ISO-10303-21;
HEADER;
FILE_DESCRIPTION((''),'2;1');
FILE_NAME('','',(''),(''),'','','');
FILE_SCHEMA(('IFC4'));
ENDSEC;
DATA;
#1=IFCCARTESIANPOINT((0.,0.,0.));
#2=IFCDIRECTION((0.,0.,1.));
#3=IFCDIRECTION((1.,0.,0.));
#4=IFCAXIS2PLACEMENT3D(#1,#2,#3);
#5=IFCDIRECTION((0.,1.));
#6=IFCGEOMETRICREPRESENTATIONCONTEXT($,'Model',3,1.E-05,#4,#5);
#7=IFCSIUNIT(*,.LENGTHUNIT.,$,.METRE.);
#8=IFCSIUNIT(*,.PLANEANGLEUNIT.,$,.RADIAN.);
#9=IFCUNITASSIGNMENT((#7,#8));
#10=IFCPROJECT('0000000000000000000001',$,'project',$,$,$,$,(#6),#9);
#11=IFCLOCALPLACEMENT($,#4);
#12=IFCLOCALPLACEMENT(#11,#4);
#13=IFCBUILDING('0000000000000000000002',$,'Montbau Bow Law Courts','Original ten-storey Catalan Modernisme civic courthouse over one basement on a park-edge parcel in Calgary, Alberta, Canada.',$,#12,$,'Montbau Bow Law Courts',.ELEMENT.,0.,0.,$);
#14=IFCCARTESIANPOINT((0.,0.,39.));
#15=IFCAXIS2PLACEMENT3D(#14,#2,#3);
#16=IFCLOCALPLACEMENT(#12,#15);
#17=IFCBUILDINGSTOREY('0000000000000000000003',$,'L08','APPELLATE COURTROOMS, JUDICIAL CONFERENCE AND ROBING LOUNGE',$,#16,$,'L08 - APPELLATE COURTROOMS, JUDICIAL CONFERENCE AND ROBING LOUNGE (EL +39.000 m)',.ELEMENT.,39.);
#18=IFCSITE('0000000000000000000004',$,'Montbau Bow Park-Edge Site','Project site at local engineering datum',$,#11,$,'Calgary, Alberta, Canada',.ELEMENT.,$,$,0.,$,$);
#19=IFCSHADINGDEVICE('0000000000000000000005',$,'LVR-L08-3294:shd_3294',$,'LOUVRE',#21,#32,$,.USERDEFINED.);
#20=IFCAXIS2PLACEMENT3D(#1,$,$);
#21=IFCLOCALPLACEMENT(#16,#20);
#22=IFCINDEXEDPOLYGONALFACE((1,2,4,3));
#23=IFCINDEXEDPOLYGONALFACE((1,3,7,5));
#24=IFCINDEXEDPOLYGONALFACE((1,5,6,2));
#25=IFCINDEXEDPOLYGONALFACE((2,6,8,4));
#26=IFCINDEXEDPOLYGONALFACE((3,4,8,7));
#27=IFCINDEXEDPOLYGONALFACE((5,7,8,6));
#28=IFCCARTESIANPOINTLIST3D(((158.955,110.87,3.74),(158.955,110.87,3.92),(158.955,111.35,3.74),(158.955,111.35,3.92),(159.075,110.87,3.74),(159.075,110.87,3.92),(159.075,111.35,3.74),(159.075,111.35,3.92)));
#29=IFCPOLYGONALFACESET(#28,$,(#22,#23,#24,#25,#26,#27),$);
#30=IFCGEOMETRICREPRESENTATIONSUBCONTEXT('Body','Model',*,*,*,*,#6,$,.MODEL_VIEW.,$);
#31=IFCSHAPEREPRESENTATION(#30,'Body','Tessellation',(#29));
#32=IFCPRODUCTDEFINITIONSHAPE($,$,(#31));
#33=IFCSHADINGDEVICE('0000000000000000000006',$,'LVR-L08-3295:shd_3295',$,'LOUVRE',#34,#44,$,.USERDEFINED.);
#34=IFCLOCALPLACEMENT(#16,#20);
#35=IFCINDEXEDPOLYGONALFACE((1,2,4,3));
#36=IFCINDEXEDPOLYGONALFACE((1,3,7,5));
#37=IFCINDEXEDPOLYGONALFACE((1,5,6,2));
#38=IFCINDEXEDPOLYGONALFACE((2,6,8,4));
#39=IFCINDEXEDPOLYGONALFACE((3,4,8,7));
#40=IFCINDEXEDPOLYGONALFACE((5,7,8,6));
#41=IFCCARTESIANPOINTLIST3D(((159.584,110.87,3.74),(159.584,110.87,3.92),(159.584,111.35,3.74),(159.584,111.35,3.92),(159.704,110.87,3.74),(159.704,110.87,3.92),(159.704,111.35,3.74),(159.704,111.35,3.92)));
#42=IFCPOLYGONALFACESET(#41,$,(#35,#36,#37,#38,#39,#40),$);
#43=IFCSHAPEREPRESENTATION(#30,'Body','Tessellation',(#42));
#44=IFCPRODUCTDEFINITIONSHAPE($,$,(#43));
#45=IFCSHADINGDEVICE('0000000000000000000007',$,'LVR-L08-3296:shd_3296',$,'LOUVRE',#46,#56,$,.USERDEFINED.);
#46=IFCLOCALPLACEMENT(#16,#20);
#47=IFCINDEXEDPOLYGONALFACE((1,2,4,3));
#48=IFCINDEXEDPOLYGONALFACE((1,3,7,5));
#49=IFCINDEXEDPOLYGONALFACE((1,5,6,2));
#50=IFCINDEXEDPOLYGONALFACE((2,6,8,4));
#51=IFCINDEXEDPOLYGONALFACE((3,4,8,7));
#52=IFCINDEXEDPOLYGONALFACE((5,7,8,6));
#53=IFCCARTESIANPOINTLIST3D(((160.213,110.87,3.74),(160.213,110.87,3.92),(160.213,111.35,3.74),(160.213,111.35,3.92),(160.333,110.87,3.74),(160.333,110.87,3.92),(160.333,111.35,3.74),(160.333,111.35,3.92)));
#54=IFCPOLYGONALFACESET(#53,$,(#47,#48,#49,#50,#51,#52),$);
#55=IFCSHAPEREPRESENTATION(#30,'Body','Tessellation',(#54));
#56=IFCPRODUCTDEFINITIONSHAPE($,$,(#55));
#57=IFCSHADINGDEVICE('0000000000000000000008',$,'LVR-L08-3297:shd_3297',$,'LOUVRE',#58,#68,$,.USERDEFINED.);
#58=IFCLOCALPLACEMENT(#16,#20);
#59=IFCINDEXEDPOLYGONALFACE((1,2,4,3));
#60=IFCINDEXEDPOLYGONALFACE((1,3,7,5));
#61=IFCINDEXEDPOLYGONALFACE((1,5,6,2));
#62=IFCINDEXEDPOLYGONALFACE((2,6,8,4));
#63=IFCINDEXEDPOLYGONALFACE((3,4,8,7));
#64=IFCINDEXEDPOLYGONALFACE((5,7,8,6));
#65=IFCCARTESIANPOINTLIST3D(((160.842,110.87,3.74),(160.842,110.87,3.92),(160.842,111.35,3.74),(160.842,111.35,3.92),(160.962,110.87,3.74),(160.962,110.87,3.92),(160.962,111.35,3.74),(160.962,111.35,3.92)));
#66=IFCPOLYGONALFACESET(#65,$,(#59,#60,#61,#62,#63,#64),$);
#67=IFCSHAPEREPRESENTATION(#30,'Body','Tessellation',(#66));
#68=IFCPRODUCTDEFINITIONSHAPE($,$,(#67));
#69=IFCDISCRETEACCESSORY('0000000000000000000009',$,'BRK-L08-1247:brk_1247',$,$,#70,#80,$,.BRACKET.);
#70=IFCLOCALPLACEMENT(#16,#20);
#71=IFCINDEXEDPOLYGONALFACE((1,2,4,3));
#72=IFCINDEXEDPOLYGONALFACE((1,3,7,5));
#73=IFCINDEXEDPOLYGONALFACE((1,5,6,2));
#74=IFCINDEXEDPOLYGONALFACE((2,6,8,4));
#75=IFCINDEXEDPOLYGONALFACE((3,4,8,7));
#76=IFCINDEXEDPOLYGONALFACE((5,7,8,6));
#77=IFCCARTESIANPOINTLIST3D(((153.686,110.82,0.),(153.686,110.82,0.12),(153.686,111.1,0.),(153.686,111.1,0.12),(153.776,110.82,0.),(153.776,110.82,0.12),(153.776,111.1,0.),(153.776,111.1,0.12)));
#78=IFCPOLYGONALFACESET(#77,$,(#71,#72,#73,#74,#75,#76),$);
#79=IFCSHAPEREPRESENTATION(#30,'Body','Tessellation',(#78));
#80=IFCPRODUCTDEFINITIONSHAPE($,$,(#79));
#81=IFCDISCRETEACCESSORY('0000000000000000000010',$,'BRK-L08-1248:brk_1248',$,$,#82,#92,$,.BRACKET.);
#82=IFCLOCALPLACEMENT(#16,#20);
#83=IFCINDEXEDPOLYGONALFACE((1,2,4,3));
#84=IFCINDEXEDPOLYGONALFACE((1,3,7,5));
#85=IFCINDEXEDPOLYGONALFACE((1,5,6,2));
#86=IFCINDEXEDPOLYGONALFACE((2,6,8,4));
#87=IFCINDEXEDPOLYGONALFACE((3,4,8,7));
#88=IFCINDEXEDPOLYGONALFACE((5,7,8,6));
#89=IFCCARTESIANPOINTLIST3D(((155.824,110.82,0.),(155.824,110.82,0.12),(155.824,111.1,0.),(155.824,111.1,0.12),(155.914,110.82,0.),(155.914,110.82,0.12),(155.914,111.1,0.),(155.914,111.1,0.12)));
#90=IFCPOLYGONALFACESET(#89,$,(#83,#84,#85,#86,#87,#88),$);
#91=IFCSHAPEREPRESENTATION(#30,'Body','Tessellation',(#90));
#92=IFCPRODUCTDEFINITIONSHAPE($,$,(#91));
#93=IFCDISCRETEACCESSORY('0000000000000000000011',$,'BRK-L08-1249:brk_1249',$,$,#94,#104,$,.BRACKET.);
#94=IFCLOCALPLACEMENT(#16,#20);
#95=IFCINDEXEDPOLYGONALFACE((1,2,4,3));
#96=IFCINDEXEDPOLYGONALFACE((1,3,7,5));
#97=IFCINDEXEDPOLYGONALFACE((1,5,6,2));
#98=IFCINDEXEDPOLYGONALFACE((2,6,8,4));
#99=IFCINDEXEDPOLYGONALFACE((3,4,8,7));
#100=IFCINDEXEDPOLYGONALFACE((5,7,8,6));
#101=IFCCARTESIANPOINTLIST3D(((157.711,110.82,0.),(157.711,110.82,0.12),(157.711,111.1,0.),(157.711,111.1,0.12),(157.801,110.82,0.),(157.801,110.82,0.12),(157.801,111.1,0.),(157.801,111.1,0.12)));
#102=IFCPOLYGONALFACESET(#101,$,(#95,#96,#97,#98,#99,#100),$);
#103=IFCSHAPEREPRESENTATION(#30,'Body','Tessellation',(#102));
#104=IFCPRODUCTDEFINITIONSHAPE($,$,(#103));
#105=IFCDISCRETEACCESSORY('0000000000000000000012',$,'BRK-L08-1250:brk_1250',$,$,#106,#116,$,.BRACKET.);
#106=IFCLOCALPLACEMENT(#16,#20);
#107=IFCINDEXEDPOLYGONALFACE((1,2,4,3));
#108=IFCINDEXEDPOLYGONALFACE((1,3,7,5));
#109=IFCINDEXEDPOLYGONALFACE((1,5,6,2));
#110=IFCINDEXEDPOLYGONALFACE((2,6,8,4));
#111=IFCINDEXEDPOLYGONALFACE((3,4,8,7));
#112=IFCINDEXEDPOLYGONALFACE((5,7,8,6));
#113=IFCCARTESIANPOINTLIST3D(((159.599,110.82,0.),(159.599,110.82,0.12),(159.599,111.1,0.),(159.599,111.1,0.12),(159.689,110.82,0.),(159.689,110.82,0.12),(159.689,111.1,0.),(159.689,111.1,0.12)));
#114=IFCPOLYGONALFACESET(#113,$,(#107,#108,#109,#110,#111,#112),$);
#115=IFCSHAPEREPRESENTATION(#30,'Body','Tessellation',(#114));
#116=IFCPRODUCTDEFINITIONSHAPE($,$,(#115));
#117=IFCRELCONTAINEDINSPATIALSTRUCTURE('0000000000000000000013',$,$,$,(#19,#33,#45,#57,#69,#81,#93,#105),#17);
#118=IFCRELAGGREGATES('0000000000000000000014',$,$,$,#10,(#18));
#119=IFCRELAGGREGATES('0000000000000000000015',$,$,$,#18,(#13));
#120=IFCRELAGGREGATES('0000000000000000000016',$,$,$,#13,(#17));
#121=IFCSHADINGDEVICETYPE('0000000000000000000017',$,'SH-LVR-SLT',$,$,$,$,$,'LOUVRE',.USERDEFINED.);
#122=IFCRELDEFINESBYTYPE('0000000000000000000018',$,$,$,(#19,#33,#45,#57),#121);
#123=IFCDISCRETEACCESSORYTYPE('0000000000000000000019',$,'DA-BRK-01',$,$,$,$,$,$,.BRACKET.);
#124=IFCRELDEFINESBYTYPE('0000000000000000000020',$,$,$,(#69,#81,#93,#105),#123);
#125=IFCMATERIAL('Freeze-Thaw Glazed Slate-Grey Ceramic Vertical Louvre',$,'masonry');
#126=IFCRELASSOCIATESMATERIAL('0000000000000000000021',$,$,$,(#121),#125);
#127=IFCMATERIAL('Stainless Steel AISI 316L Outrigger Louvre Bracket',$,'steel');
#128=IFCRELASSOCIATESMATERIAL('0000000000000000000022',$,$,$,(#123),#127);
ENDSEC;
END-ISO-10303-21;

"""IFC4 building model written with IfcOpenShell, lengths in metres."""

from ifc_helpers import new_model, si_unit, direction, frame, origin_with_axes, origin_2d_with_axis, place, context, subcontext, project, spatial, rectangle, extrude, material, type_object, element, save


model = new_model("IFC4")

# Units and contexts
model_context = context("Model", 3, precision=1e-05, world=origin_with_axes(), true_north=direction((0.0, 1.0)))
body_context = subcontext(model_context, "Body", "Model", "MODEL_VIEW")
ifc_project = project(units=[si_unit("LENGTHUNIT", "METRE"), si_unit("PLANEANGLEUNIT", "RADIAN")], contexts=[model_context])

# Site, building, storey
site_placement = place(None, origin_with_axes())
site = spatial("IfcSite", under=ifc_project, at=site_placement, Name="Montbau Bow Park-Edge Site", Description="Project site at local engineering datum", LongName="Calgary, Alberta, Canada", CompositionType="ELEMENT", RefElevation=0.0)
building_placement = place(site_placement, origin_with_axes())
building = spatial("IfcBuilding", under=site, at=building_placement, Name="Montbau Bow Law Courts", Description="Original ten-storey Catalan Modernisme civic courthouse over one basement on a park-edge parcel in Calgary, Alberta, Canada.", LongName="Montbau Bow Law Courts", CompositionType="ELEMENT", ElevationOfRefHeight=0.0, ElevationOfTerrain=0.0)
storey_placement = place(building_placement, frame((0.0, 0.0, 39.0), z_axis=(0.0, 0.0, 1.0), x_axis=(1.0, 0.0, 0.0)))
storey = spatial("IfcBuildingStorey", under=building, at=storey_placement, Name="L08", Description="APPELLATE COURTROOMS, JUDICIAL CONFERENCE AND ROBING LOUNGE", LongName="L08 - APPELLATE COURTROOMS, JUDICIAL CONFERENCE AND ROBING LOUNGE (EL +39.000 m)", CompositionType="ELEMENT", Elevation=39.0)

# Shared definitions
ifc_material_1 = material(Name="Freeze-Thaw Glazed Slate-Grey Ceramic Vertical Louvre", Category="masonry")

# Shading devices
shading_device_type = type_object("IfcShadingDeviceType", Name="SH-LVR-SLT", ElementType="LOUVRE", PredefinedType="USERDEFINED", material=ifc_material_1)
for number, where, z_axis, x_axis, name in (
    (1, (159.015, 111.11, 42.74), (0.0, 0.0, 1.0), (0.0, 1.0, 0.0), "LVR-L08-3294:shd_3294"),
    (2, (159.644, 111.11, 42.74), (0.0, 0.0, 1.0), (0.0, 1.0, 0.0), "LVR-L08-3295:shd_3295"),
    (3, (160.273, 111.11, 42.74), (0.0, 0.0, 1.0), (0.0, 1.0, 0.0), "LVR-L08-3296:shd_3296"),
    (4, (160.902, 111.11, 42.74), (0.0, 0.0, 1.0), (0.0, 1.0, 0.0), "LVR-L08-3297:shd_3297"),
):
    element("IfcShadingDevice", number, at=place(None, frame(where, z_axis=z_axis, x_axis=x_axis)), inside=storey, type_object=shading_device_type, Name=name, ObjectType="LOUVRE", PredefinedType="USERDEFINED", context=body_context, shape_type="SweptSolid", body=[
        extrude(rectangle(XDim=0.48, YDim=0.12, at=origin_2d_with_axis()), origin_with_axes(), (0.0, 0.0, 1.0), 0.18),
    ])

# Discrete accessories
ifc_material_2 = material(Name="Stainless Steel AISI 316L Outrigger Louvre Bracket", Category="steel")
discrete_accessory_type = type_object("IfcDiscreteAccessoryType", Name="DA-BRK-01", PredefinedType="BRACKET", material=ifc_material_2)
for number, where, z_axis, x_axis, name in (
    (5, (153.731, 110.96, 39.0), (0.0, 0.0, 1.0), (0.0, 1.0, 0.0), "BRK-L08-1247:brk_1247"),
    (6, (155.869, 110.96, 39.0), (0.0, 0.0, 1.0), (0.0, 1.0, 0.0), "BRK-L08-1248:brk_1248"),
    (7, (157.756, 110.96, 39.0), (0.0, 0.0, 1.0), (0.0, 1.0, 0.0), "BRK-L08-1249:brk_1249"),
    (8, (159.644, 110.96, 39.0), (0.0, 0.0, 1.0), (0.0, 1.0, 0.0), "BRK-L08-1250:brk_1250"),
):
    element("IfcDiscreteAccessory", number, at=place(None, frame(where, z_axis=z_axis, x_axis=x_axis)), inside=storey, type_object=discrete_accessory_type, Name=name, PredefinedType="BRACKET", context=body_context, shape_type="SweptSolid", body=[
        extrude(rectangle(XDim=0.28, YDim=0.09, at=origin_2d_with_axis()), origin_with_axes(), (0.0, 0.0, 1.0), 0.12),
    ])

save(model, "model.ifc")
